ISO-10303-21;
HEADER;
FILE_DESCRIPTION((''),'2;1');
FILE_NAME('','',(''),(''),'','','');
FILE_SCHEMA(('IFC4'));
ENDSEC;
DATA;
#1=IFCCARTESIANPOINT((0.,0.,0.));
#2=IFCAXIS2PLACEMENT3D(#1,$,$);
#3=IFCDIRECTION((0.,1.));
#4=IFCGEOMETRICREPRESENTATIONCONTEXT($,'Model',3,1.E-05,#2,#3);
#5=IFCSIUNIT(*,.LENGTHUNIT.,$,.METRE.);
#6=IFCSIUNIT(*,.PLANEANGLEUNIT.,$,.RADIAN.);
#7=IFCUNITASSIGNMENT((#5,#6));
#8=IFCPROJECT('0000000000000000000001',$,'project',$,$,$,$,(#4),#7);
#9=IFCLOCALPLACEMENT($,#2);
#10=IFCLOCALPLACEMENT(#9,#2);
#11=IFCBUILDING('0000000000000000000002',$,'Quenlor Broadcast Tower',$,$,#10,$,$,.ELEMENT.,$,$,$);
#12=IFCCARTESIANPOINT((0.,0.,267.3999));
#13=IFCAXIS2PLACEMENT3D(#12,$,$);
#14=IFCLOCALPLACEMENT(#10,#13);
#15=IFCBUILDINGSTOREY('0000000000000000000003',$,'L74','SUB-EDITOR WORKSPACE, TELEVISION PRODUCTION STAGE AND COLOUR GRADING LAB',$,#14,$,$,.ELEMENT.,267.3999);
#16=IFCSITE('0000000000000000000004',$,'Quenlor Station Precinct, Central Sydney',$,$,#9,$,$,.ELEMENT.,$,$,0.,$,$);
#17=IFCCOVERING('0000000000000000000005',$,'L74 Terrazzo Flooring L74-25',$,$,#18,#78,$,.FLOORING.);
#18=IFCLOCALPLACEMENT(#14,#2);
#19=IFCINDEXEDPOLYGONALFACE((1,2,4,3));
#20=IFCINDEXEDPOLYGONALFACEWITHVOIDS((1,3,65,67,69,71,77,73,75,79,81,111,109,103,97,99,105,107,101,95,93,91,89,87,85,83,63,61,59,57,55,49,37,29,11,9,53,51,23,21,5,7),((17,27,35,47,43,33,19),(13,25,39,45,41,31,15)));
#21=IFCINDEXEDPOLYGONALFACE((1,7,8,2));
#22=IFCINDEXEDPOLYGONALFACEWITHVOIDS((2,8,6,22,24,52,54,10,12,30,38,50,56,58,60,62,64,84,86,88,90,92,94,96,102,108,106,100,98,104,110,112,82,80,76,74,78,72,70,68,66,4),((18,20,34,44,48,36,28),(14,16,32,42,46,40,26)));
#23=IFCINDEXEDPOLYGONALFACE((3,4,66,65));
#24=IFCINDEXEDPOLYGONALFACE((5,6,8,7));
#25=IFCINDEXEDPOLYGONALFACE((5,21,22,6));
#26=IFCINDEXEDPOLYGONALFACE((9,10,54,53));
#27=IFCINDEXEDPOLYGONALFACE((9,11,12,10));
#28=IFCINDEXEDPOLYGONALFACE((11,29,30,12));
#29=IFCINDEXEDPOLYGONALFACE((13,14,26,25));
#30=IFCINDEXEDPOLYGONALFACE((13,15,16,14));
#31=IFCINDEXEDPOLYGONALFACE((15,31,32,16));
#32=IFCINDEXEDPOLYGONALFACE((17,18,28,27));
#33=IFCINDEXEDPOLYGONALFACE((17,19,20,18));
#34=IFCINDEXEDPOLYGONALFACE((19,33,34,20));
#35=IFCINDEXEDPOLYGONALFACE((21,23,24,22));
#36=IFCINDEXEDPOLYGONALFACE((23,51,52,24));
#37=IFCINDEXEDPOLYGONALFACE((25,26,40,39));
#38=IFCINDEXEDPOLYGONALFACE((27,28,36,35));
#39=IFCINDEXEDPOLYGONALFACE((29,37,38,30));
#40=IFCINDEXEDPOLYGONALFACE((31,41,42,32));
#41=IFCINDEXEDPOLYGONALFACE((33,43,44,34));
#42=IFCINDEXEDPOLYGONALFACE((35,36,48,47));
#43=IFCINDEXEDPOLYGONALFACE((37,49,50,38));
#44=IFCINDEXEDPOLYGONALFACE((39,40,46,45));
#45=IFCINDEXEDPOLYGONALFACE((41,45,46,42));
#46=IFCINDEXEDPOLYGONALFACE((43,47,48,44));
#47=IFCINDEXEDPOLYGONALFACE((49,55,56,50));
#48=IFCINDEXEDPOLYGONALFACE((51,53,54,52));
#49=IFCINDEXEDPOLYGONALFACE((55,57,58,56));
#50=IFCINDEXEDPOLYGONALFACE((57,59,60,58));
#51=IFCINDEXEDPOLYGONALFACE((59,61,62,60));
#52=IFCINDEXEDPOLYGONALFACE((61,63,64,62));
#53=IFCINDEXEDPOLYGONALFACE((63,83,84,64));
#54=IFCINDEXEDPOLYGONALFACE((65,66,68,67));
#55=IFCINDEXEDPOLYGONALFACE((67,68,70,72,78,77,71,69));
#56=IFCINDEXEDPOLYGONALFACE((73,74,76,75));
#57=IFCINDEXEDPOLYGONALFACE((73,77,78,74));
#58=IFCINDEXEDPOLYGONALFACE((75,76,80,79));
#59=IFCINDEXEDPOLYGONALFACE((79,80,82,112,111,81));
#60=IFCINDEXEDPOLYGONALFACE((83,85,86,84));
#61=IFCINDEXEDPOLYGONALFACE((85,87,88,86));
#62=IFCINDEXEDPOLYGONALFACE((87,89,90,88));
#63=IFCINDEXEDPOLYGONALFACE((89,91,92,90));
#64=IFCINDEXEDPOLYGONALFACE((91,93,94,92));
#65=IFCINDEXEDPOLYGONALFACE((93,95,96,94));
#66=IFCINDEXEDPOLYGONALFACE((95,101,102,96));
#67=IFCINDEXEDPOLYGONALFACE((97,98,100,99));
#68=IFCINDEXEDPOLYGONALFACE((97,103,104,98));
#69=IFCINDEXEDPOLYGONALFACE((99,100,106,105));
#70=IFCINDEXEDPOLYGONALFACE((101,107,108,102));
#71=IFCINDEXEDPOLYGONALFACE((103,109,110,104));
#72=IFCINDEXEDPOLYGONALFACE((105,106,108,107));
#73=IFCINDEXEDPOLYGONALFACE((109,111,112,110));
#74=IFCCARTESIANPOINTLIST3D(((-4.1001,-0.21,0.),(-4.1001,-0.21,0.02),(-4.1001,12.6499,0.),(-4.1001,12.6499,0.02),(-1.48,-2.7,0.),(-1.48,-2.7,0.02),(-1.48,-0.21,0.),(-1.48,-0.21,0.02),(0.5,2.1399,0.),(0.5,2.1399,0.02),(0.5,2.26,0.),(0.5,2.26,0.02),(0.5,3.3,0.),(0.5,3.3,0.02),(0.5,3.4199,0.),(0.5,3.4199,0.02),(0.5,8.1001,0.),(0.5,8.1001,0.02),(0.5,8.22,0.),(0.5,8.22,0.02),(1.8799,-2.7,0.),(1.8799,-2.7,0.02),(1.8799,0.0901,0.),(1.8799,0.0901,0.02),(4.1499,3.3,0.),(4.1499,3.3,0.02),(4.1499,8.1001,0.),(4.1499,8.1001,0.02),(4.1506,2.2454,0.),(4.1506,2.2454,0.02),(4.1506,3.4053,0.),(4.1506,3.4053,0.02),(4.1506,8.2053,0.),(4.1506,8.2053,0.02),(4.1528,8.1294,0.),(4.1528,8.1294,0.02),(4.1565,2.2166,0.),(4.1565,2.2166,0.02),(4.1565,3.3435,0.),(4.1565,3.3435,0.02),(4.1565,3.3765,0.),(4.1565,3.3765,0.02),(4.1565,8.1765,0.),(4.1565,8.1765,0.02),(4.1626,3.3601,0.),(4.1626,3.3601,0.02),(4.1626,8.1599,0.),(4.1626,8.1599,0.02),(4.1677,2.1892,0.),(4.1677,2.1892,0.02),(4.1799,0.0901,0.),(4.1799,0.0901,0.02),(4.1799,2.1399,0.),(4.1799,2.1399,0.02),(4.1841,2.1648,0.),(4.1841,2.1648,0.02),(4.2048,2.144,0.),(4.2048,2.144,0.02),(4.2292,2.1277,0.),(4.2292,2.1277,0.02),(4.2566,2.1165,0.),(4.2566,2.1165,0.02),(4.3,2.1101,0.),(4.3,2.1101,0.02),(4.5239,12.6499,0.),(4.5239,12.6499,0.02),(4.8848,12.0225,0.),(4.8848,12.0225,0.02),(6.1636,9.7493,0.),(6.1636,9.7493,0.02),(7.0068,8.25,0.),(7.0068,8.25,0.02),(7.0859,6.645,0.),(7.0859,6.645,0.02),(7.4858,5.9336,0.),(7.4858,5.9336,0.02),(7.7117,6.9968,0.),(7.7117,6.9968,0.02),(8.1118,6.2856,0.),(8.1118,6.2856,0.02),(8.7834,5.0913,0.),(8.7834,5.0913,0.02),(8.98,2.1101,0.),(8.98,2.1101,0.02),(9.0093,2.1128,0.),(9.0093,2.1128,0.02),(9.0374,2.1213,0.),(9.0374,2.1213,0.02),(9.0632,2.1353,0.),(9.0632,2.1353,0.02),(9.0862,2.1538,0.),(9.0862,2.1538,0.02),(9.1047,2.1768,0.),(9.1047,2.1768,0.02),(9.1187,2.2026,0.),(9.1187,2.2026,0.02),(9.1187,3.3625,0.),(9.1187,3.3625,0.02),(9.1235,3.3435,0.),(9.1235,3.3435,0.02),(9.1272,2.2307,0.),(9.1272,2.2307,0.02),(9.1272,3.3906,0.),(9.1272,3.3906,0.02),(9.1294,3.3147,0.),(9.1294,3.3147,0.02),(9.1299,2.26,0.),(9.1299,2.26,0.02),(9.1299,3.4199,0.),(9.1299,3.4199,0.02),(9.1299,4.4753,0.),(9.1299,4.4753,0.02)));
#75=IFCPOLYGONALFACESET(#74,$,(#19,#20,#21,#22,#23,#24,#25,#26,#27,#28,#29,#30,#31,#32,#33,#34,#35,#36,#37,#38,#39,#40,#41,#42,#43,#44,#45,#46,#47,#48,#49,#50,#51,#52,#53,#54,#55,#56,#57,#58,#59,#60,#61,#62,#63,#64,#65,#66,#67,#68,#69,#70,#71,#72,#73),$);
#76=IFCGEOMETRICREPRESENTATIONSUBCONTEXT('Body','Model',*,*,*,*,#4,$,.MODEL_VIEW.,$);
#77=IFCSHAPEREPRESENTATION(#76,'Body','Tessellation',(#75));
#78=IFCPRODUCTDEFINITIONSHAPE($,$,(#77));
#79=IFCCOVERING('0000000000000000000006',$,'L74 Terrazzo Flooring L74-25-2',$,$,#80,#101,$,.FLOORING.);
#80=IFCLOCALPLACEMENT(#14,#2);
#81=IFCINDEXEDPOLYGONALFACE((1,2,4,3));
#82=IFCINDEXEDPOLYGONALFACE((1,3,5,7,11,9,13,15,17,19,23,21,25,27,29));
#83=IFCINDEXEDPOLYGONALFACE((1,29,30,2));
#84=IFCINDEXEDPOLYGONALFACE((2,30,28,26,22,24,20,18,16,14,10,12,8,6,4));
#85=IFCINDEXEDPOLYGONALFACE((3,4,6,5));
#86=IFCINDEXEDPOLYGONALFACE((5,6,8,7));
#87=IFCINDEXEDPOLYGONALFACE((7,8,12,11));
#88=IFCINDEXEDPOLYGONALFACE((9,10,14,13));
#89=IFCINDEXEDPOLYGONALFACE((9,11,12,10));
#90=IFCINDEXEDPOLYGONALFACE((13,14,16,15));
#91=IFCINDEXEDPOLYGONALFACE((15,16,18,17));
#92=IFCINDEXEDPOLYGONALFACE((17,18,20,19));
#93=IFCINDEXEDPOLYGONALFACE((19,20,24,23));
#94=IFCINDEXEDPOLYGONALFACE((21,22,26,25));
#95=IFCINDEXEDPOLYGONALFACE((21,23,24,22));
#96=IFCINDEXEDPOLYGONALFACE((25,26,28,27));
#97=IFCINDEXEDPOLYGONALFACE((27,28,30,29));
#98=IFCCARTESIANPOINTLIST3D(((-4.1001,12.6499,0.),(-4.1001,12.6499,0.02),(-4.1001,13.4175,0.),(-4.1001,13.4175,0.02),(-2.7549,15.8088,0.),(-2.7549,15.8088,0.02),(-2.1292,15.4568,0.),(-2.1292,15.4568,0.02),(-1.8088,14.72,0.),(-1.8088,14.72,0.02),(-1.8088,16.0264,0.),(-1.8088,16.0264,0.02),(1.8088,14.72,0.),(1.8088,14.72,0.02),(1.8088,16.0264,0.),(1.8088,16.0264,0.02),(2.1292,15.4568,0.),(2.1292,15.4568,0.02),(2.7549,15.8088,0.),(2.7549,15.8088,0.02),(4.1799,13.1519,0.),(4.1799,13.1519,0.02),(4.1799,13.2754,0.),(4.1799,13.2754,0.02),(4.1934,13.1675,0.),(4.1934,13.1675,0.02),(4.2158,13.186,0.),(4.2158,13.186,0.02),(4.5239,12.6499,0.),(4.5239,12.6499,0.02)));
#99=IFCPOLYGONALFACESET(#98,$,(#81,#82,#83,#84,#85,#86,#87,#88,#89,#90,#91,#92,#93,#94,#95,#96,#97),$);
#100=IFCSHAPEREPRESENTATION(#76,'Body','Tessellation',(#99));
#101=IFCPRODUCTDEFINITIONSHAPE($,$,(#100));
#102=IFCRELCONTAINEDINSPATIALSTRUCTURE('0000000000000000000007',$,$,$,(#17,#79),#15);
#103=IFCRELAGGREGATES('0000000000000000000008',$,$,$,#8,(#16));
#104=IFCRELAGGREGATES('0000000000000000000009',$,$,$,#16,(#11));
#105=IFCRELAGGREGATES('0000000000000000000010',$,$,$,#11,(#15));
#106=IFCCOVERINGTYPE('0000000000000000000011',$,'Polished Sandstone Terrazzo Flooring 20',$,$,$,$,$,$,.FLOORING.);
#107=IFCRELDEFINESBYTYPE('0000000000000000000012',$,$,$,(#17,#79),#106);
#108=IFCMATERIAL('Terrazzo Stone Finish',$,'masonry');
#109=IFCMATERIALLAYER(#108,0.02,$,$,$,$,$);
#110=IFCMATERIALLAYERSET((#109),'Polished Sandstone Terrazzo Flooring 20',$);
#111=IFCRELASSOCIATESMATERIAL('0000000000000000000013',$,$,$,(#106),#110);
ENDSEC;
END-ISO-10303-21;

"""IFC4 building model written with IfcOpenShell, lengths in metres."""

from ifc_helpers import new_model, si_unit, direction, frame, origin, place, context, subcontext, project, spatial, polyline, outline, extrude, material, layer, layer_set, type_object, element, save


model = new_model("IFC4")

# Units and contexts
model_context = context("Model", 3, precision=1e-05, world=origin(), true_north=direction((0.0, 1.0)))
body_context = subcontext(model_context, "Body", "Model", "MODEL_VIEW")
ifc_project = project(units=[si_unit("LENGTHUNIT", "METRE"), si_unit("PLANEANGLEUNIT", "RADIAN")], contexts=[model_context])

# Site, building, storey
site_placement = place(None, origin())
site = spatial("IfcSite", under=ifc_project, at=site_placement, Name="Quenlor Station Precinct, Central Sydney", CompositionType="ELEMENT", RefElevation=0.0)
building_placement = place(site_placement, origin())
building = spatial("IfcBuilding", under=site, at=building_placement, Name="Quenlor Broadcast Tower", CompositionType="ELEMENT")
storey_placement = place(building_placement, frame((0.0, 0.0, 267.3999)))
storey = spatial("IfcBuildingStorey", under=building, at=storey_placement, Name="L74", Description="SUB-EDITOR WORKSPACE, TELEVISION PRODUCTION STAGE AND COLOUR GRADING LAB", CompositionType="ELEMENT", Elevation=267.3999)

# Coverings
ifc_material_1 = material(Name="Terrazzo Stone Finish", Category="masonry")
ifc_layer_1 = layer(ifc_material_1, 0.02)
ifc_layer_set_1 = layer_set([ifc_layer_1], Name="Polished Sandstone Terrazzo Flooring 20")
covering_type_1 = type_object("IfcCoveringType", Name="Polished Sandstone Terrazzo Flooring 20", PredefinedType="FLOORING", material=ifc_layer_set_1)
covering_1_placement = place(storey_placement, origin())
element("IfcCovering", 1, at=covering_1_placement, inside=storey, type_object=covering_type_1, Name="L74 Terrazzo Flooring L74-25", PredefinedType="FLOORING", context=body_context, shape_type="SweptSolid", body=[
    extrude(outline(polyline([(4.2048, 2.144), (4.1841, 2.1648), (4.1677, 2.1892), (4.1565, 2.2166), (4.1506, 2.2454), (0.5, 2.26), (0.5, 2.1399), (4.1799, 2.1399), (4.1799, 0.0901), (1.8799, 0.0901), (1.8799, -2.7), (-1.48, -2.7), (-1.48, -0.21), (-4.1001, -0.21), (-4.1001, 12.6499), (4.5239, 12.6499), (4.8848, 12.0225), (6.1636, 9.7493), (7.0068, 8.25), (7.7117, 6.9968), (7.0859, 6.645), (7.4858, 5.9336), (8.1118, 6.2856), (8.7834, 5.0913), (9.1299, 4.4753), (9.1299, 3.4199), (9.1272, 3.3906), (9.1187, 3.3625), (9.1235, 3.3435), (9.1294, 3.3147), (9.1299, 2.26), (9.1272, 2.2307), (9.1187, 2.2026), (9.1047, 2.1768), (9.0862, 2.1538), (9.0632, 2.1353), (9.0374, 2.1213), (9.0093, 2.1128), (8.98, 2.1101), (4.3, 2.1101), (4.2566, 2.1165), (4.2292, 2.1277), (4.2048, 2.144)]), holes=[polyline([(4.1565, 3.3765), (4.1506, 3.4053), (0.5, 3.4199), (0.5, 3.3), (4.1499, 3.3), (4.1565, 3.3435), (4.1626, 3.3601), (4.1565, 3.3765)]), polyline([(4.1506, 8.2053), (0.5, 8.22), (0.5, 8.1001), (4.1499, 8.1001), (4.1528, 8.1294), (4.1626, 8.1599), (4.1565, 8.1765), (4.1506, 8.2053)])]), origin(), (0.0, 0.0, 1.0), 0.02),
])
covering_2_placement = place(storey_placement, origin())
element("IfcCovering", 2, at=covering_2_placement, inside=storey, type_object=covering_type_1, Name="L74 Terrazzo Flooring L74-25-2", PredefinedType="FLOORING", context=body_context, shape_type="SweptSolid", body=[
    extrude(outline(polyline([(-4.1001, 13.4175), (-2.7549, 15.8088), (-2.1292, 15.4568), (-1.8088, 16.0264), (-1.8088, 14.72), (1.8088, 14.72), (1.8088, 16.0264), (2.1292, 15.4568), (2.7549, 15.8088), (4.1799, 13.2754), (4.1799, 13.1519), (4.1934, 13.1675), (4.2158, 13.186), (4.5239, 12.6499), (-4.1001, 12.6499), (-4.1001, 13.4175)])), origin(), (0.0, 0.0, 1.0), 0.02),
])

save(model, "model.ifc")
